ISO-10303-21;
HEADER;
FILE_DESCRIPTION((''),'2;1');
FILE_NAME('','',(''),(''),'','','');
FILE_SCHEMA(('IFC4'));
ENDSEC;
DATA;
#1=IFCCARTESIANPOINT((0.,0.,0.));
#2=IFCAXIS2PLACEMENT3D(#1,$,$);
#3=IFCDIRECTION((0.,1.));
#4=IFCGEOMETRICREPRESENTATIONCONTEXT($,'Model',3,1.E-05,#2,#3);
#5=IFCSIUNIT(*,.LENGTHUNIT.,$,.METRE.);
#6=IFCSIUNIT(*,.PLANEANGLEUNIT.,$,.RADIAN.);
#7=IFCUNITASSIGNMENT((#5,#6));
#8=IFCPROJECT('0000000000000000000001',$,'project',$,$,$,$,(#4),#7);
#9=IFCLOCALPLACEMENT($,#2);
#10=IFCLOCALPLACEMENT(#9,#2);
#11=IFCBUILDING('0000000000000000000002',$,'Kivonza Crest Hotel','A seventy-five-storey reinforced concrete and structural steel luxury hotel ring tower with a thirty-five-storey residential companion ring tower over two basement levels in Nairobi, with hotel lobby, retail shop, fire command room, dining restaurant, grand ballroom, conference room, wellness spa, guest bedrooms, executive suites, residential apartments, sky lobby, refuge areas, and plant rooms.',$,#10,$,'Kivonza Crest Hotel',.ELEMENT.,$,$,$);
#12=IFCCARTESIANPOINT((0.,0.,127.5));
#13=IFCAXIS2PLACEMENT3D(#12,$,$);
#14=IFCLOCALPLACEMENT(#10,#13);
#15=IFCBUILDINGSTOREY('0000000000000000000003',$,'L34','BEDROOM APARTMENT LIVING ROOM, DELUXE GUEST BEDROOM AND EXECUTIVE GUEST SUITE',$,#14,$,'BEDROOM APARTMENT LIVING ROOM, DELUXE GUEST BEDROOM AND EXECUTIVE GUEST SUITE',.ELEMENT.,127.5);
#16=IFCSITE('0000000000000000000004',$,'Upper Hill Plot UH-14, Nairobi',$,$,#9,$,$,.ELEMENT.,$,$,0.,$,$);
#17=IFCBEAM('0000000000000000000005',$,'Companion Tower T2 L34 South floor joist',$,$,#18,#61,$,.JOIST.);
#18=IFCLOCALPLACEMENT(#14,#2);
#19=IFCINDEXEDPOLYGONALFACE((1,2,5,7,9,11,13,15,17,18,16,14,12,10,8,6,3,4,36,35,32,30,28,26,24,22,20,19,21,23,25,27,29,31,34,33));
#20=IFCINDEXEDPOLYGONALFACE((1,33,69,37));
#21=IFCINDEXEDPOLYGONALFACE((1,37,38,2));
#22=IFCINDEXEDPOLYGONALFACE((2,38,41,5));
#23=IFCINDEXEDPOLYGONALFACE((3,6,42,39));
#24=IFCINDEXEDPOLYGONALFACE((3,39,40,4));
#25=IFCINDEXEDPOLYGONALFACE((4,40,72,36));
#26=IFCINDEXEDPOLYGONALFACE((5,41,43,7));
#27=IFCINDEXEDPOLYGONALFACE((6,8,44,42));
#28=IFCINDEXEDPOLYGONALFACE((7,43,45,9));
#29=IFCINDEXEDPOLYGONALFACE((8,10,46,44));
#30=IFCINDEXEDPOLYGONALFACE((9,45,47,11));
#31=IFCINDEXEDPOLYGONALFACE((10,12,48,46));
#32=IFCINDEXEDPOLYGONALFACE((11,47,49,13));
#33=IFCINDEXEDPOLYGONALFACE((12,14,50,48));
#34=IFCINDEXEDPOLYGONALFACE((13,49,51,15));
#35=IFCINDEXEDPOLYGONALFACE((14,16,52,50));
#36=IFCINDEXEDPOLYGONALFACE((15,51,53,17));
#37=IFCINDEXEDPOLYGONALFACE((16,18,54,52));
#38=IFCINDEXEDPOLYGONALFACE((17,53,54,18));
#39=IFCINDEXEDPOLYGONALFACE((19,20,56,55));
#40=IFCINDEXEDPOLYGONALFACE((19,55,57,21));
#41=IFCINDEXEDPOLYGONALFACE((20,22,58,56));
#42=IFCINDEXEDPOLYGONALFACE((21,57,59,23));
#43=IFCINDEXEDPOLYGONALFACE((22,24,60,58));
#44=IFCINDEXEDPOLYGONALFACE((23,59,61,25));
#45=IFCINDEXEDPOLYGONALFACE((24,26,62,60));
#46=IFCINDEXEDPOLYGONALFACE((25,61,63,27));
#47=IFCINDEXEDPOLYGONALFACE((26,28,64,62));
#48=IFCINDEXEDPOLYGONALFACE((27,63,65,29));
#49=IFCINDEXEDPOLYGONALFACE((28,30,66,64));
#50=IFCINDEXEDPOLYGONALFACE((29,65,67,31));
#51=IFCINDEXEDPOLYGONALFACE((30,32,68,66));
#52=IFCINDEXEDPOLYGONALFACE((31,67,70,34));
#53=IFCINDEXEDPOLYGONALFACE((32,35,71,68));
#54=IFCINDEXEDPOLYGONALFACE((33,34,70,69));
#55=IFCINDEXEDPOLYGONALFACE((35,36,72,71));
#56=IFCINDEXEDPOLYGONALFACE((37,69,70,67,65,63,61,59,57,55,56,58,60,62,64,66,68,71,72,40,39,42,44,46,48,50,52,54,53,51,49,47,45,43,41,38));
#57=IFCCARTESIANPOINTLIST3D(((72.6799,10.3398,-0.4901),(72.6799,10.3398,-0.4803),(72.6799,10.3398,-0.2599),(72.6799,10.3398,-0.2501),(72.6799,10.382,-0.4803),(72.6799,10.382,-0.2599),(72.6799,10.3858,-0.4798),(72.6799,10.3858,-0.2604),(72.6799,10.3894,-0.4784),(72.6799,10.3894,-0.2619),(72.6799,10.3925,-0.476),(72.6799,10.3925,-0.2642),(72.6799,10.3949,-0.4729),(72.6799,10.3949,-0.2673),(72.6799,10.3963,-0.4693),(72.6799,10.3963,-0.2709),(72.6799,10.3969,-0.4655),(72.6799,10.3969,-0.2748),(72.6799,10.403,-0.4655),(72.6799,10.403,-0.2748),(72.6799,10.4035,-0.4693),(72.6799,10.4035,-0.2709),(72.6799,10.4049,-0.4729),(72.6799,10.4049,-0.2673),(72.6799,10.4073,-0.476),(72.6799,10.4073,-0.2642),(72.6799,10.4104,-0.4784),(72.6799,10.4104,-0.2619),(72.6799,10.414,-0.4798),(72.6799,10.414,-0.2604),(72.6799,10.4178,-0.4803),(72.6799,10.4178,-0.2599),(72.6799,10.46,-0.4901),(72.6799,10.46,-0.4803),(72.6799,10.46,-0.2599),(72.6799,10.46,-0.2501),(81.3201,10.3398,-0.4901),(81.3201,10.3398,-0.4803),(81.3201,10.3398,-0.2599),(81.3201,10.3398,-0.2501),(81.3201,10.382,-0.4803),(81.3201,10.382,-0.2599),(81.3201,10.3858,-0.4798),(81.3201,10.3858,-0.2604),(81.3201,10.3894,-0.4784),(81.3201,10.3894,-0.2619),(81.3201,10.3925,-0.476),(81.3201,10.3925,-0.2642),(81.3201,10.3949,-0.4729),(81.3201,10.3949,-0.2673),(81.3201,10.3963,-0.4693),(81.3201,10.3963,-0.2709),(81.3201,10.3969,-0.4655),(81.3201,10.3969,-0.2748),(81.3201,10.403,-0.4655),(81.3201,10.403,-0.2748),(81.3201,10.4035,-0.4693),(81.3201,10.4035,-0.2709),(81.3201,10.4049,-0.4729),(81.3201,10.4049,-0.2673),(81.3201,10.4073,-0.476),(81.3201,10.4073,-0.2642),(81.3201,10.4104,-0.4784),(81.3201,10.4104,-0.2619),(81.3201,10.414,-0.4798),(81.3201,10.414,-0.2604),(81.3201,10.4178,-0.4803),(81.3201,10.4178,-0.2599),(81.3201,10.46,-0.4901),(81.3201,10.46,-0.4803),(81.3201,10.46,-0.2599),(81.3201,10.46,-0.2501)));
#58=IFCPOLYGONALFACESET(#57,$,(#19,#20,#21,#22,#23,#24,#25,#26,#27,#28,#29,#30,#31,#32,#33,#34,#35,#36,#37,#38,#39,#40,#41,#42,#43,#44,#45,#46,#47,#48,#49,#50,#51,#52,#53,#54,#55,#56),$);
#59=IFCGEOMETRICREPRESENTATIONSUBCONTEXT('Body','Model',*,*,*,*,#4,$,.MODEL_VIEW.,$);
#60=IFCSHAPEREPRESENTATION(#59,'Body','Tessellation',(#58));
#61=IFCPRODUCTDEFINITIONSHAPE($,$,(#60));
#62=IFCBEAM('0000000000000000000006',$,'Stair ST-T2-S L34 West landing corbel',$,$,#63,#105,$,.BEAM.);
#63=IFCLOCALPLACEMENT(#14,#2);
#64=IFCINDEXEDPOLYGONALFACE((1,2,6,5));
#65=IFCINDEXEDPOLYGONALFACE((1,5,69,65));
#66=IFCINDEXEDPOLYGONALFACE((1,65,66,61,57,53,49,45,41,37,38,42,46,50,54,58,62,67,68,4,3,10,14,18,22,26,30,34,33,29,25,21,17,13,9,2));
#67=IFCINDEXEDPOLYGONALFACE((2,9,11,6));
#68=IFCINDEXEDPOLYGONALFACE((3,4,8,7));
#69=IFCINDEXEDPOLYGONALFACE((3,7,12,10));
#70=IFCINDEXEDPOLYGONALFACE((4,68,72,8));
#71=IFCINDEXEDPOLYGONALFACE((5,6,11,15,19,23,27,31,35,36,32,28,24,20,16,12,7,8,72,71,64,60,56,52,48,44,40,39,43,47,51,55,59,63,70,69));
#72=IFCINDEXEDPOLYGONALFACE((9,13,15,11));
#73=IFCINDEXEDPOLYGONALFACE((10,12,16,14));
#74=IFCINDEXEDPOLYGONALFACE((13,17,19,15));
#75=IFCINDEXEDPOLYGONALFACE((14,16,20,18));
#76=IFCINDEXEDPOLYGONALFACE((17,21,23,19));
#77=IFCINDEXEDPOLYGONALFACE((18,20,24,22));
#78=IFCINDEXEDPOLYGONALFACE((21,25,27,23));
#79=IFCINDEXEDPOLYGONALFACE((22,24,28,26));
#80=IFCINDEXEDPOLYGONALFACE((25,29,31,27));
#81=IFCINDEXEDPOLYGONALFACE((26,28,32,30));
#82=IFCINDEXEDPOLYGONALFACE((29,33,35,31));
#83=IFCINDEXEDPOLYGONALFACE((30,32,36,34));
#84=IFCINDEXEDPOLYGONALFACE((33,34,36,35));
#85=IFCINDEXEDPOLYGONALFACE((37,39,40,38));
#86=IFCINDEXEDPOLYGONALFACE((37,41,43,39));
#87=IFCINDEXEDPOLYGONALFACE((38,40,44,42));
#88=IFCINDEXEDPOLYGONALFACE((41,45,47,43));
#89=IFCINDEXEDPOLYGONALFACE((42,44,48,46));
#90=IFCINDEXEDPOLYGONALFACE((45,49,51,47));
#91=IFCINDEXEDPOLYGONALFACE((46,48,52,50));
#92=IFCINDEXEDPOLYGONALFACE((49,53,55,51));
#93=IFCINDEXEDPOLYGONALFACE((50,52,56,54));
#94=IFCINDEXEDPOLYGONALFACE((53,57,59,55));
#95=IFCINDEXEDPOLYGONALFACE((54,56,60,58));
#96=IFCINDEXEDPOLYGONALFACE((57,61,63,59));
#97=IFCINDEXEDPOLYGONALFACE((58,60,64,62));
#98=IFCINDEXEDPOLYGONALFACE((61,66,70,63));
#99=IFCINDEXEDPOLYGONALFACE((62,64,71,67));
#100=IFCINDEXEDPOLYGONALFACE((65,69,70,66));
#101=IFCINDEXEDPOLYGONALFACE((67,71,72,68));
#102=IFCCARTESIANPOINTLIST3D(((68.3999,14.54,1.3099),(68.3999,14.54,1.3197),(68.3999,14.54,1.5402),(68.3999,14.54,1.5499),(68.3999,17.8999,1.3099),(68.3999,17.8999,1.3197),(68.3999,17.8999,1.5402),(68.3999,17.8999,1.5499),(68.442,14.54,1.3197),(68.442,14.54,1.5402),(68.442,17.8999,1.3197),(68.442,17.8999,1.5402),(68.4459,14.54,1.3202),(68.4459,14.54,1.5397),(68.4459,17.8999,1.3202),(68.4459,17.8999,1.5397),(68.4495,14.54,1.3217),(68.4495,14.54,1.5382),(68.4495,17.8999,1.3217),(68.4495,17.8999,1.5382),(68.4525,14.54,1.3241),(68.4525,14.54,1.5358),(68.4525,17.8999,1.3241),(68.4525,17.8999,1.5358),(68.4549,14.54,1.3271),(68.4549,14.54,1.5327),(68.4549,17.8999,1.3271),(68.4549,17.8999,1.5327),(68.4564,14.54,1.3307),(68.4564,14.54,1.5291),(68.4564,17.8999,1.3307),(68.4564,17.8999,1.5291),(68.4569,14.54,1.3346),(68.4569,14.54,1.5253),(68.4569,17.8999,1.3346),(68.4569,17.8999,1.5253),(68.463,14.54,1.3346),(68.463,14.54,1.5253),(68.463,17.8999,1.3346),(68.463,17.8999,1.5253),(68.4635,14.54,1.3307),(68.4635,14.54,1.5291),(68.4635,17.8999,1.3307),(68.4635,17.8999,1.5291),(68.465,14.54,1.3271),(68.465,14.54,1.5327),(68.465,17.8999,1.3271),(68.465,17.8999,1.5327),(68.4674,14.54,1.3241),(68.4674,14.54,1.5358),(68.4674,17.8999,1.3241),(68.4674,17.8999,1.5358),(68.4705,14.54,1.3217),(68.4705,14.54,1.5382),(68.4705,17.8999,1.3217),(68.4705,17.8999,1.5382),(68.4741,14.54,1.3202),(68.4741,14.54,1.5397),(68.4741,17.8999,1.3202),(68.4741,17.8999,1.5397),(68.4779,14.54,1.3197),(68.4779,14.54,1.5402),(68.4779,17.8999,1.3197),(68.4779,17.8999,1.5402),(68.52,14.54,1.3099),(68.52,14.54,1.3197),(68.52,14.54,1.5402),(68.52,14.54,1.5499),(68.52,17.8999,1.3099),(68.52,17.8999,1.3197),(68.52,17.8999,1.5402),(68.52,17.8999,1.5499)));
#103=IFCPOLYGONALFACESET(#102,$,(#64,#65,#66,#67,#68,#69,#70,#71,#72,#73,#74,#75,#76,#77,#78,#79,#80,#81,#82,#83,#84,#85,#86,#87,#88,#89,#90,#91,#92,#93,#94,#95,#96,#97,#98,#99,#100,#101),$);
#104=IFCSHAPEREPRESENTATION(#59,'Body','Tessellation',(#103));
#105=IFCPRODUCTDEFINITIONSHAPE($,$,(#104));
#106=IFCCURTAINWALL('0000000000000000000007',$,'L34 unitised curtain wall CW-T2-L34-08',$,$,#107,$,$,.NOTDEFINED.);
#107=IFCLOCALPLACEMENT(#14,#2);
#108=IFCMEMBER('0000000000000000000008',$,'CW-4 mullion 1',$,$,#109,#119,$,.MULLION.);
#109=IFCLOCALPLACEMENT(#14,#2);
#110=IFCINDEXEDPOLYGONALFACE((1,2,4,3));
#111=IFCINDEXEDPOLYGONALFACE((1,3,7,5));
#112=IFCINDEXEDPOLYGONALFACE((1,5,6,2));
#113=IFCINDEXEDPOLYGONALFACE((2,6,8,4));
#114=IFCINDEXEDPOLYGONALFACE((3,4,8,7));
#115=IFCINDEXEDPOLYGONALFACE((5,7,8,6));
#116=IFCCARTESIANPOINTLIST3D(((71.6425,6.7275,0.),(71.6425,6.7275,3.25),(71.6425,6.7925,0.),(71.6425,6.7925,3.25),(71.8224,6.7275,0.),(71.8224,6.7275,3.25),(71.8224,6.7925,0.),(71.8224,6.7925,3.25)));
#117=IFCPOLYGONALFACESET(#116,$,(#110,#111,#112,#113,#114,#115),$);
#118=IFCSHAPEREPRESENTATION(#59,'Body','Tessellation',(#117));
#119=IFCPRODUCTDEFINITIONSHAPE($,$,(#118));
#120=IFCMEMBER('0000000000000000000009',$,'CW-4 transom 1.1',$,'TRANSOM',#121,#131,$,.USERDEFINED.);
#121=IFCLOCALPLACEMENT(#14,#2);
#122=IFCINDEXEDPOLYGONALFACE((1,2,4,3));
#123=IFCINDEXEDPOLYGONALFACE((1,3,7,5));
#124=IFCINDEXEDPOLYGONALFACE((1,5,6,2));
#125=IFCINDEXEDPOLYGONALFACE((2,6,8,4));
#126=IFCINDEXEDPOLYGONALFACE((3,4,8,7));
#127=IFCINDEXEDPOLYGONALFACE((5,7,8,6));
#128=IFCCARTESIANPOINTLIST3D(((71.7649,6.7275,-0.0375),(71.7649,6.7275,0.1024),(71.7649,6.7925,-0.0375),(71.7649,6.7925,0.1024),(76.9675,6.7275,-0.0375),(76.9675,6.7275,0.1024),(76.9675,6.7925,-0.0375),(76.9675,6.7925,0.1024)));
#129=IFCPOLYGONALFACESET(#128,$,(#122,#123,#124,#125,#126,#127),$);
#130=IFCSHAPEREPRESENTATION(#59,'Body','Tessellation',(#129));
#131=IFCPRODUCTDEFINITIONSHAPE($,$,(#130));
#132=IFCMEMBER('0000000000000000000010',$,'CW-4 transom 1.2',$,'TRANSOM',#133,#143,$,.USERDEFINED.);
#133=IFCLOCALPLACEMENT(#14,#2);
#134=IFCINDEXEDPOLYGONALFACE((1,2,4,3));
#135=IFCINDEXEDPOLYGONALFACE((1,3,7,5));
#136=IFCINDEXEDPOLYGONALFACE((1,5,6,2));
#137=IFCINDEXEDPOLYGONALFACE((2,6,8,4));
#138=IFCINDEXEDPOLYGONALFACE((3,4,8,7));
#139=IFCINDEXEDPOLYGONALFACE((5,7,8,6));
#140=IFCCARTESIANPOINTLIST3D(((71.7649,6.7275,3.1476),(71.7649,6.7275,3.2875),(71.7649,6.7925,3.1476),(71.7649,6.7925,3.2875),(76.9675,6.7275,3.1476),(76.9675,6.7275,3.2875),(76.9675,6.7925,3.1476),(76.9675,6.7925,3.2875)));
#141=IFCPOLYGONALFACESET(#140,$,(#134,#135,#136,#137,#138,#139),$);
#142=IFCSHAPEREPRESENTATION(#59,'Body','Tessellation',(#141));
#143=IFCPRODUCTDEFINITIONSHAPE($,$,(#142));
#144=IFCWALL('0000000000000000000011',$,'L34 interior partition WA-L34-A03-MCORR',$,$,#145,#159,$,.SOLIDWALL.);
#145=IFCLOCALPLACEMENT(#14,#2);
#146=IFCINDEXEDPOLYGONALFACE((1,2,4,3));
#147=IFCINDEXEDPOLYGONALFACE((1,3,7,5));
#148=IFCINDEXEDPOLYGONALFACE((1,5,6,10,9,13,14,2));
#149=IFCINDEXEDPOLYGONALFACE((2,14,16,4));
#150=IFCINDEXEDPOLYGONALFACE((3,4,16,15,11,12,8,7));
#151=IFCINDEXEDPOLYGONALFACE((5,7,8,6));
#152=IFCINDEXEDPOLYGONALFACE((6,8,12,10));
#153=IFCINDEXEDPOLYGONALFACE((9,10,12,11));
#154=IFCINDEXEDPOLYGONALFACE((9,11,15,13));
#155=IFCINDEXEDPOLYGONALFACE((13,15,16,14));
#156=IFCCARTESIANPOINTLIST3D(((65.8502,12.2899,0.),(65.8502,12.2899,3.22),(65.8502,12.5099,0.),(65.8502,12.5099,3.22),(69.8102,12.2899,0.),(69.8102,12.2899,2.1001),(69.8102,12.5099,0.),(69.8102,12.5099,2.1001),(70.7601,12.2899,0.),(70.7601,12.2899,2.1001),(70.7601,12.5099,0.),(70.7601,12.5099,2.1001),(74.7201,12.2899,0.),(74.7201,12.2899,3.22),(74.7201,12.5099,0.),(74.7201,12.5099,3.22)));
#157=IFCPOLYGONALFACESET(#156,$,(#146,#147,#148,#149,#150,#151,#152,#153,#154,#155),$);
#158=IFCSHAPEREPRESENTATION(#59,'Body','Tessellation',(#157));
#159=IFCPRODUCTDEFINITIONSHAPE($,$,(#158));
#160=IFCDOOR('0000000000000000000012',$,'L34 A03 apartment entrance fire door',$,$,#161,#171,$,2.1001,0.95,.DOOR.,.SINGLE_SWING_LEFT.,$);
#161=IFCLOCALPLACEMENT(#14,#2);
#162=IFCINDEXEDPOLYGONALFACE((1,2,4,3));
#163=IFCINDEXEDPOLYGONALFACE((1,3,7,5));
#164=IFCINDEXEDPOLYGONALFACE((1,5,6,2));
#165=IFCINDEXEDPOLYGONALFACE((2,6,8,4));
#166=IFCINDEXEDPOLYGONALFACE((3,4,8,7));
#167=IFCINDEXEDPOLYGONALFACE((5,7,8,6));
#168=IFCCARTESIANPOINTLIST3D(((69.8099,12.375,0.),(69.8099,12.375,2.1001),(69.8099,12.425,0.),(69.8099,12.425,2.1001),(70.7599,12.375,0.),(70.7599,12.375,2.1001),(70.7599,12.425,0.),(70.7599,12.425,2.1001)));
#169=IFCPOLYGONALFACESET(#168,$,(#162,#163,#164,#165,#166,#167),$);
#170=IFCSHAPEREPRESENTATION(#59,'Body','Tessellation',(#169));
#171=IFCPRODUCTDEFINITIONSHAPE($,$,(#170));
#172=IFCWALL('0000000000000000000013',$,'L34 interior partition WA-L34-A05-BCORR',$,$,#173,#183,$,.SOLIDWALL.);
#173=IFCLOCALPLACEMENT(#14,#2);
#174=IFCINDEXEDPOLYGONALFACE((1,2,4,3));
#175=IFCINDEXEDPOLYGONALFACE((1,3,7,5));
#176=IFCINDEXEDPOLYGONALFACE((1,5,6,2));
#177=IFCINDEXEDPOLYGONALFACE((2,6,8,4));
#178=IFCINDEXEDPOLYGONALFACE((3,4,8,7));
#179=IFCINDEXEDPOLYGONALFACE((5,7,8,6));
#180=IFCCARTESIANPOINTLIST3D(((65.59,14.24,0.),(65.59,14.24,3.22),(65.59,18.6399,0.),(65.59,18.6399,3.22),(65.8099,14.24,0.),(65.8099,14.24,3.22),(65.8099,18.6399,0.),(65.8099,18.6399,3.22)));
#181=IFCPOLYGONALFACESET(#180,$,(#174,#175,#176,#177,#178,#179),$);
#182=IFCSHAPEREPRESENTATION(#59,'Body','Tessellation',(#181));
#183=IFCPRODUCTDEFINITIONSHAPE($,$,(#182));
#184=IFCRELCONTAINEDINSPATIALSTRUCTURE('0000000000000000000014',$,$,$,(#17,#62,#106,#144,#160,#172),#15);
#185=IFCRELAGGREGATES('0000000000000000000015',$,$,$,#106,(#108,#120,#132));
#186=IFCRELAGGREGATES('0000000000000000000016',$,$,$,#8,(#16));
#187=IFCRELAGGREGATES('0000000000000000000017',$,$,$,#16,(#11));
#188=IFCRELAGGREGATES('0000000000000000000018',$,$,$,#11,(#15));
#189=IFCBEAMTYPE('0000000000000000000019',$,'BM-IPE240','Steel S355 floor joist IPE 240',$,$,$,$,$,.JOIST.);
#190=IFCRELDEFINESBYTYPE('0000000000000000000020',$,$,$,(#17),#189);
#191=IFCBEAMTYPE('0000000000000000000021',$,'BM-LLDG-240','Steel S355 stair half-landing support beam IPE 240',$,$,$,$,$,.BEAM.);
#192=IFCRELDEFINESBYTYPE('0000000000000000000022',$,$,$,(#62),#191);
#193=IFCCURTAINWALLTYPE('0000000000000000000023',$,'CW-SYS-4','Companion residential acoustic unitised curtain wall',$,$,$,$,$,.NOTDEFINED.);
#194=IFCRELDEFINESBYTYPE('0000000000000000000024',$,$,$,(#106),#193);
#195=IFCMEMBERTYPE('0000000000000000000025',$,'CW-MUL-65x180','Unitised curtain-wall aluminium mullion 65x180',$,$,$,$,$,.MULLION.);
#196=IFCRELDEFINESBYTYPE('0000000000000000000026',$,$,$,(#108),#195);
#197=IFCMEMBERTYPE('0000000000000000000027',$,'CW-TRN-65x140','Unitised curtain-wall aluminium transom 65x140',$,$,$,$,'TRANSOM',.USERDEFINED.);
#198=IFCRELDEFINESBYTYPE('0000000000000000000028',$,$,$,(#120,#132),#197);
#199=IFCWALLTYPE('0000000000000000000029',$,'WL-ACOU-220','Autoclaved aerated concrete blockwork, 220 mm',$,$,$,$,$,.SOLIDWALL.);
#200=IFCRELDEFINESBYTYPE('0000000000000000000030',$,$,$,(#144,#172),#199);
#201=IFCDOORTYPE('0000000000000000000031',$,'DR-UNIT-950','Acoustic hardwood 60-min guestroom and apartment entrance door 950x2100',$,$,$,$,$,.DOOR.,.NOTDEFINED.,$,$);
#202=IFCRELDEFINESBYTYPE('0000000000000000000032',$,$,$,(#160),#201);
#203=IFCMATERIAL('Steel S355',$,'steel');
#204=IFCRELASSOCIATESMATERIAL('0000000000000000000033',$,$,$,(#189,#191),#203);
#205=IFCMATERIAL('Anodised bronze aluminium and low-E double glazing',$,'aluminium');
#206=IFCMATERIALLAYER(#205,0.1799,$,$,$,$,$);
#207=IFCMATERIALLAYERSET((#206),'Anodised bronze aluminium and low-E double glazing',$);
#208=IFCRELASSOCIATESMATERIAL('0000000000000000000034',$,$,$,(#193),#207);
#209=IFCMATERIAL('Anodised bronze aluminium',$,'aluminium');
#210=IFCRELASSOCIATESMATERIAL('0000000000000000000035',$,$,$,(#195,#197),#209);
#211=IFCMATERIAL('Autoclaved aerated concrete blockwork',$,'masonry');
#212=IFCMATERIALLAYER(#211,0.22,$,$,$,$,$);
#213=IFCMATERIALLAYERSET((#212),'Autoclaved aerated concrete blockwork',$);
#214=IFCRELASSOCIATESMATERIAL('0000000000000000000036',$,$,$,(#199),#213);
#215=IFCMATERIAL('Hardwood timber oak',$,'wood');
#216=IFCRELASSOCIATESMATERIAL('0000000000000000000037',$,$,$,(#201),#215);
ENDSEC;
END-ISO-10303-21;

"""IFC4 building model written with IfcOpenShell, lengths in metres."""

from ifc_helpers import new_model, si_unit, direction, frame, frame_2d, origin, origin_2d, place, context, subcontext, project, spatial, rectangle, i_section, extrude, material, layer, layer_set, material_profile, profile_set, type_object, element, fill, aggregate, save


model = new_model("IFC4")

# Units and contexts
model_context = context("Model", 3, precision=1e-05, world=origin(), true_north=direction((0.0, 1.0)))
body_context = subcontext(model_context, "Body", "Model", "MODEL_VIEW")
ifc_project = project(units=[si_unit("LENGTHUNIT", "METRE"), si_unit("PLANEANGLEUNIT", "RADIAN")], contexts=[model_context])

# Site, building, storey
site_placement = place(None, origin())
site = spatial("IfcSite", under=ifc_project, at=site_placement, Name="Upper Hill Plot UH-14, Nairobi", CompositionType="ELEMENT", RefElevation=0.0)
building_placement = place(site_placement, origin())
building = spatial("IfcBuilding", under=site, at=building_placement, Name="Kivonza Crest Hotel", Description="A seventy-five-storey reinforced concrete and structural steel luxury hotel ring tower with a thirty-five-storey residential companion ring tower over two basement levels in Nairobi, with hotel lobby, retail shop, fire command room, dining restaurant, grand ballroom, conference room, wellness spa, guest bedrooms, executive suites, residential apartments, sky lobby, refuge areas, and plant rooms.", LongName="Kivonza Crest Hotel", CompositionType="ELEMENT")
storey_placement = place(building_placement, frame((0.0, 0.0, 127.5)))
storey = spatial("IfcBuildingStorey", under=building, at=storey_placement, Name="L34", Description="BEDROOM APARTMENT LIVING ROOM, DELUXE GUEST BEDROOM AND EXECUTIVE GUEST SUITE", LongName="BEDROOM APARTMENT LIVING ROOM, DELUXE GUEST BEDROOM AND EXECUTIVE GUEST SUITE", CompositionType="ELEMENT", Elevation=127.5)

# Beams
ifc_material_1 = material(Name="Steel S355", Category="steel")
ifc_material_profile_1 = material_profile(ifc_material_1, i_section(OverallWidth=0.1201, OverallDepth=0.24, WebThickness=0.0061, FlangeThickness=0.0098, FilletRadius=0.0149, at=origin_2d()), Name="IPE 240")
ifc_profile_set_1 = profile_set([ifc_material_profile_1], Name="Steel S355")
beam_type_1 = type_object("IfcBeamType", Name="BM-IPE240", Description="Steel S355 floor joist IPE 240", PredefinedType="JOIST", material=ifc_profile_set_1)
beam_1_placement = place(storey_placement, frame((72.6799, 10.3999, -0.3701), z_axis=(1.0, 0.0, 0.0), x_axis=(0.0, 1.0, 0.0)))
element("IfcBeam", 1, at=beam_1_placement, inside=storey, type_object=beam_type_1, Name="Companion Tower T2 L34 South floor joist", PredefinedType="JOIST", context=body_context, shape_type="SweptSolid", body=[
    extrude(i_section(OverallWidth=0.1201, OverallDepth=0.24, WebThickness=0.0061, FlangeThickness=0.0098, FilletRadius=0.0149, at=origin_2d()), origin(), (0.0, 0.0, 1.0), 8.6401),
])
ifc_material_profile_2 = material_profile(ifc_material_1, i_section(OverallWidth=0.1201, OverallDepth=0.24, WebThickness=0.0061, FlangeThickness=0.0098, FilletRadius=0.0149, at=origin_2d()), Name="IPE 240")
ifc_profile_set_2 = profile_set([ifc_material_profile_2], Name="Steel S355")
beam_type_2 = type_object("IfcBeamType", Name="BM-LLDG-240", Description="Steel S355 stair half-landing support beam IPE 240", PredefinedType="BEAM", material=ifc_profile_set_2)
beam_2_placement = place(storey_placement, frame((68.46, 14.54, 1.4299), z_axis=(0.0, 1.0, 0.0), x_axis=(-1.0, 0.0, 0.0)))
element("IfcBeam", 2, at=beam_2_placement, inside=storey, type_object=beam_type_2, Name="Stair ST-T2-S L34 West landing corbel", PredefinedType="BEAM", context=body_context, shape_type="SweptSolid", body=[
    extrude(i_section(OverallWidth=0.1201, OverallDepth=0.24, WebThickness=0.0061, FlangeThickness=0.0098, FilletRadius=0.0149, at=origin_2d()), origin(), (0.0, 0.0, 1.0), 3.3599),
])

# Curtain wall, members
ifc_material_2 = material(Name="Anodised bronze aluminium and low-E double glazing", Category="aluminium")
ifc_layer_1 = layer(ifc_material_2, 0.1799)
ifc_layer_set_1 = layer_set([ifc_layer_1], Name="Anodised bronze aluminium and low-E double glazing")
curtain_wall_type = type_object("IfcCurtainWallType", Name="CW-SYS-4", Description="Companion residential acoustic unitised curtain wall", PredefinedType="NOTDEFINED", material=ifc_layer_set_1)
curtain_wall_placement = place(storey_placement, origin())
curtain_wall = element("IfcCurtainWall", 3, at=curtain_wall_placement, inside=storey, type_object=curtain_wall_type, Name="L34 unitised curtain wall CW-T2-L34-08", PredefinedType="NOTDEFINED")
ifc_material_3 = material(Name="Anodised bronze aluminium", Category="aluminium")
ifc_material_profile_3 = material_profile(ifc_material_3, rectangle(XDim=0.0649, YDim=0.1799, at=origin_2d()), Name="CW-M 65x180")
ifc_profile_set_3 = profile_set([ifc_material_profile_3], Name="Anodised bronze aluminium")
member_type_1 = type_object("IfcMemberType", Name="CW-MUL-65x180", Description="Unitised curtain-wall aluminium mullion 65x180", PredefinedType="MULLION", material=ifc_profile_set_3)
member_1_placement = place(storey_placement, frame((71.7324, 6.76, 0.0), z_axis=(0.0, 0.0, 1.0), x_axis=(0.0, 1.0, 0.0)))
member_1 = element("IfcMember", 4, at=member_1_placement, type_object=member_type_1, Name="CW-4 mullion 1", PredefinedType="MULLION", context=body_context, shape_type="SweptSolid", body=[
    extrude(rectangle(XDim=0.0649, YDim=0.1799, at=origin_2d()), origin(), (0.0, 0.0, 1.0), 3.25),
])
ifc_material_profile_4 = material_profile(ifc_material_3, rectangle(XDim=0.0649, YDim=0.1399, at=origin_2d()), Name="CW-T 65x140")
ifc_profile_set_4 = profile_set([ifc_material_profile_4], Name="Anodised bronze aluminium")
member_type_2 = type_object("IfcMemberType", Name="CW-TRN-65x140", Description="Unitised curtain-wall aluminium transom 65x140", ElementType="TRANSOM", PredefinedType="USERDEFINED", material=ifc_profile_set_4)
member_2_placement = place(storey_placement, frame((71.7649, 6.76, 0.0325), z_axis=(1.0, 0.0, 0.0), x_axis=(0.0, 1.0, 0.0)))
member_2 = element("IfcMember", 5, at=member_2_placement, type_object=member_type_2, Name="CW-4 transom 1.1", ObjectType="TRANSOM", PredefinedType="USERDEFINED", context=body_context, shape_type="SweptSolid", body=[
    extrude(rectangle(XDim=0.0649, YDim=0.1399, at=origin_2d()), origin(), (0.0, 0.0, 1.0), 5.2026),
])
member_3_placement = place(storey_placement, frame((71.7649, 6.76, 3.2175), z_axis=(1.0, 0.0, 0.0), x_axis=(0.0, 1.0, 0.0)))
member_3 = element("IfcMember", 6, at=member_3_placement, type_object=member_type_2, Name="CW-4 transom 1.2", ObjectType="TRANSOM", PredefinedType="USERDEFINED", context=body_context, shape_type="SweptSolid", body=[
    extrude(rectangle(XDim=0.0649, YDim=0.1399, at=origin_2d()), origin(), (0.0, 0.0, 1.0), 5.2026),
])
aggregate(curtain_wall, [member_1, member_2, member_3])

# Wall, opening, door
ifc_material_4 = material(Name="Autoclaved aerated concrete blockwork", Category="masonry")
ifc_layer_2 = layer(ifc_material_4, 0.22)
ifc_layer_set_2 = layer_set([ifc_layer_2], Name="Autoclaved aerated concrete blockwork")
wall_type_1 = type_object("IfcWallType", Name="WL-ACOU-220", Description="Autoclaved aerated concrete blockwork, 220 mm", PredefinedType="SOLIDWALL", material=ifc_layer_set_2)
wall_1_placement = place(storey_placement, frame((65.8501, 12.3999, 0.0), z_axis=(0.0, 0.0, 1.0), x_axis=(1.0, 0.0, 0.0)))
wall_1 = element("IfcWall", 7, at=wall_1_placement, inside=storey, type_object=wall_type_1, Name="L34 interior partition WA-L34-A03-MCORR", PredefinedType="SOLIDWALL", context=body_context, shape_type="SweptSolid", body=[
    extrude(rectangle(XDim=8.8699, YDim=0.22, at=frame_2d((4.4351, 0.0))), origin(), (0.0, 0.0, 1.0), 3.22),
])
opening_1_placement = place(wall_1_placement, frame((3.96, 0.0, 0.0)))
opening_1 = element("IfcOpeningElement", 8, at=opening_1_placement, cuts=wall_1, PredefinedType="OPENING", context=body_context, shape_type="SweptSolid", body=[
    extrude(rectangle(XDim=0.95, YDim=2.1001, at=frame_2d((0.4751, 1.05))), frame((0.0, 0.1201, 0.0), z_axis=(0.0, -1.0, 0.0), x_axis=(1.0, 0.0, 0.0)), (0.0, 0.0, 1.0), 0.24),
])
ifc_material_5 = material(Name="Hardwood timber oak", Category="wood")
door_type_1 = type_object("IfcDoorType", Name="DR-UNIT-950", Description="Acoustic hardwood 60-min guestroom and apartment entrance door 950x2100", OperationType="NOTDEFINED", PredefinedType="DOOR", material=ifc_material_5)
door_1_placement = place(opening_1_placement, frame((0.95, 0.0, 0.0), z_axis=(0.0, 0.0, 1.0), x_axis=(-1.0, 0.0, 0.0)))
door_1 = element("IfcDoor", 9, at=door_1_placement, inside=storey, type_object=door_type_1, Name="L34 A03 apartment entrance fire door", OperationType="SINGLE_SWING_LEFT", OverallHeight=2.1001, OverallWidth=0.95, PredefinedType="DOOR", context=body_context, shape_type="SweptSolid", body=[
    extrude(rectangle(XDim=0.95, YDim=2.1001, at=frame_2d((0.4751, 1.05))), frame((0.0, 0.0249, 0.0), z_axis=(0.0, -1.0, 0.0), x_axis=(1.0, 0.0, 0.0)), (0.0, 0.0, 1.0), 0.05),
])
fill(opening_1, door_1)

# Wall
wall_2_placement = place(storey_placement, frame((65.7, 14.24, 0.0), z_axis=(0.0, 0.0, 1.0), x_axis=(0.0, 1.0, 0.0)))
element("IfcWall", 10, at=wall_2_placement, inside=storey, type_object=wall_type_1, Name="L34 interior partition WA-L34-A05-BCORR", PredefinedType="SOLIDWALL", context=body_context, shape_type="SweptSolid", body=[
    extrude(rectangle(XDim=4.3999, YDim=0.22, at=frame_2d((2.2, 0.0))), origin(), (0.0, 0.0, 1.0), 3.22),
])

save(model, "model.ifc")
